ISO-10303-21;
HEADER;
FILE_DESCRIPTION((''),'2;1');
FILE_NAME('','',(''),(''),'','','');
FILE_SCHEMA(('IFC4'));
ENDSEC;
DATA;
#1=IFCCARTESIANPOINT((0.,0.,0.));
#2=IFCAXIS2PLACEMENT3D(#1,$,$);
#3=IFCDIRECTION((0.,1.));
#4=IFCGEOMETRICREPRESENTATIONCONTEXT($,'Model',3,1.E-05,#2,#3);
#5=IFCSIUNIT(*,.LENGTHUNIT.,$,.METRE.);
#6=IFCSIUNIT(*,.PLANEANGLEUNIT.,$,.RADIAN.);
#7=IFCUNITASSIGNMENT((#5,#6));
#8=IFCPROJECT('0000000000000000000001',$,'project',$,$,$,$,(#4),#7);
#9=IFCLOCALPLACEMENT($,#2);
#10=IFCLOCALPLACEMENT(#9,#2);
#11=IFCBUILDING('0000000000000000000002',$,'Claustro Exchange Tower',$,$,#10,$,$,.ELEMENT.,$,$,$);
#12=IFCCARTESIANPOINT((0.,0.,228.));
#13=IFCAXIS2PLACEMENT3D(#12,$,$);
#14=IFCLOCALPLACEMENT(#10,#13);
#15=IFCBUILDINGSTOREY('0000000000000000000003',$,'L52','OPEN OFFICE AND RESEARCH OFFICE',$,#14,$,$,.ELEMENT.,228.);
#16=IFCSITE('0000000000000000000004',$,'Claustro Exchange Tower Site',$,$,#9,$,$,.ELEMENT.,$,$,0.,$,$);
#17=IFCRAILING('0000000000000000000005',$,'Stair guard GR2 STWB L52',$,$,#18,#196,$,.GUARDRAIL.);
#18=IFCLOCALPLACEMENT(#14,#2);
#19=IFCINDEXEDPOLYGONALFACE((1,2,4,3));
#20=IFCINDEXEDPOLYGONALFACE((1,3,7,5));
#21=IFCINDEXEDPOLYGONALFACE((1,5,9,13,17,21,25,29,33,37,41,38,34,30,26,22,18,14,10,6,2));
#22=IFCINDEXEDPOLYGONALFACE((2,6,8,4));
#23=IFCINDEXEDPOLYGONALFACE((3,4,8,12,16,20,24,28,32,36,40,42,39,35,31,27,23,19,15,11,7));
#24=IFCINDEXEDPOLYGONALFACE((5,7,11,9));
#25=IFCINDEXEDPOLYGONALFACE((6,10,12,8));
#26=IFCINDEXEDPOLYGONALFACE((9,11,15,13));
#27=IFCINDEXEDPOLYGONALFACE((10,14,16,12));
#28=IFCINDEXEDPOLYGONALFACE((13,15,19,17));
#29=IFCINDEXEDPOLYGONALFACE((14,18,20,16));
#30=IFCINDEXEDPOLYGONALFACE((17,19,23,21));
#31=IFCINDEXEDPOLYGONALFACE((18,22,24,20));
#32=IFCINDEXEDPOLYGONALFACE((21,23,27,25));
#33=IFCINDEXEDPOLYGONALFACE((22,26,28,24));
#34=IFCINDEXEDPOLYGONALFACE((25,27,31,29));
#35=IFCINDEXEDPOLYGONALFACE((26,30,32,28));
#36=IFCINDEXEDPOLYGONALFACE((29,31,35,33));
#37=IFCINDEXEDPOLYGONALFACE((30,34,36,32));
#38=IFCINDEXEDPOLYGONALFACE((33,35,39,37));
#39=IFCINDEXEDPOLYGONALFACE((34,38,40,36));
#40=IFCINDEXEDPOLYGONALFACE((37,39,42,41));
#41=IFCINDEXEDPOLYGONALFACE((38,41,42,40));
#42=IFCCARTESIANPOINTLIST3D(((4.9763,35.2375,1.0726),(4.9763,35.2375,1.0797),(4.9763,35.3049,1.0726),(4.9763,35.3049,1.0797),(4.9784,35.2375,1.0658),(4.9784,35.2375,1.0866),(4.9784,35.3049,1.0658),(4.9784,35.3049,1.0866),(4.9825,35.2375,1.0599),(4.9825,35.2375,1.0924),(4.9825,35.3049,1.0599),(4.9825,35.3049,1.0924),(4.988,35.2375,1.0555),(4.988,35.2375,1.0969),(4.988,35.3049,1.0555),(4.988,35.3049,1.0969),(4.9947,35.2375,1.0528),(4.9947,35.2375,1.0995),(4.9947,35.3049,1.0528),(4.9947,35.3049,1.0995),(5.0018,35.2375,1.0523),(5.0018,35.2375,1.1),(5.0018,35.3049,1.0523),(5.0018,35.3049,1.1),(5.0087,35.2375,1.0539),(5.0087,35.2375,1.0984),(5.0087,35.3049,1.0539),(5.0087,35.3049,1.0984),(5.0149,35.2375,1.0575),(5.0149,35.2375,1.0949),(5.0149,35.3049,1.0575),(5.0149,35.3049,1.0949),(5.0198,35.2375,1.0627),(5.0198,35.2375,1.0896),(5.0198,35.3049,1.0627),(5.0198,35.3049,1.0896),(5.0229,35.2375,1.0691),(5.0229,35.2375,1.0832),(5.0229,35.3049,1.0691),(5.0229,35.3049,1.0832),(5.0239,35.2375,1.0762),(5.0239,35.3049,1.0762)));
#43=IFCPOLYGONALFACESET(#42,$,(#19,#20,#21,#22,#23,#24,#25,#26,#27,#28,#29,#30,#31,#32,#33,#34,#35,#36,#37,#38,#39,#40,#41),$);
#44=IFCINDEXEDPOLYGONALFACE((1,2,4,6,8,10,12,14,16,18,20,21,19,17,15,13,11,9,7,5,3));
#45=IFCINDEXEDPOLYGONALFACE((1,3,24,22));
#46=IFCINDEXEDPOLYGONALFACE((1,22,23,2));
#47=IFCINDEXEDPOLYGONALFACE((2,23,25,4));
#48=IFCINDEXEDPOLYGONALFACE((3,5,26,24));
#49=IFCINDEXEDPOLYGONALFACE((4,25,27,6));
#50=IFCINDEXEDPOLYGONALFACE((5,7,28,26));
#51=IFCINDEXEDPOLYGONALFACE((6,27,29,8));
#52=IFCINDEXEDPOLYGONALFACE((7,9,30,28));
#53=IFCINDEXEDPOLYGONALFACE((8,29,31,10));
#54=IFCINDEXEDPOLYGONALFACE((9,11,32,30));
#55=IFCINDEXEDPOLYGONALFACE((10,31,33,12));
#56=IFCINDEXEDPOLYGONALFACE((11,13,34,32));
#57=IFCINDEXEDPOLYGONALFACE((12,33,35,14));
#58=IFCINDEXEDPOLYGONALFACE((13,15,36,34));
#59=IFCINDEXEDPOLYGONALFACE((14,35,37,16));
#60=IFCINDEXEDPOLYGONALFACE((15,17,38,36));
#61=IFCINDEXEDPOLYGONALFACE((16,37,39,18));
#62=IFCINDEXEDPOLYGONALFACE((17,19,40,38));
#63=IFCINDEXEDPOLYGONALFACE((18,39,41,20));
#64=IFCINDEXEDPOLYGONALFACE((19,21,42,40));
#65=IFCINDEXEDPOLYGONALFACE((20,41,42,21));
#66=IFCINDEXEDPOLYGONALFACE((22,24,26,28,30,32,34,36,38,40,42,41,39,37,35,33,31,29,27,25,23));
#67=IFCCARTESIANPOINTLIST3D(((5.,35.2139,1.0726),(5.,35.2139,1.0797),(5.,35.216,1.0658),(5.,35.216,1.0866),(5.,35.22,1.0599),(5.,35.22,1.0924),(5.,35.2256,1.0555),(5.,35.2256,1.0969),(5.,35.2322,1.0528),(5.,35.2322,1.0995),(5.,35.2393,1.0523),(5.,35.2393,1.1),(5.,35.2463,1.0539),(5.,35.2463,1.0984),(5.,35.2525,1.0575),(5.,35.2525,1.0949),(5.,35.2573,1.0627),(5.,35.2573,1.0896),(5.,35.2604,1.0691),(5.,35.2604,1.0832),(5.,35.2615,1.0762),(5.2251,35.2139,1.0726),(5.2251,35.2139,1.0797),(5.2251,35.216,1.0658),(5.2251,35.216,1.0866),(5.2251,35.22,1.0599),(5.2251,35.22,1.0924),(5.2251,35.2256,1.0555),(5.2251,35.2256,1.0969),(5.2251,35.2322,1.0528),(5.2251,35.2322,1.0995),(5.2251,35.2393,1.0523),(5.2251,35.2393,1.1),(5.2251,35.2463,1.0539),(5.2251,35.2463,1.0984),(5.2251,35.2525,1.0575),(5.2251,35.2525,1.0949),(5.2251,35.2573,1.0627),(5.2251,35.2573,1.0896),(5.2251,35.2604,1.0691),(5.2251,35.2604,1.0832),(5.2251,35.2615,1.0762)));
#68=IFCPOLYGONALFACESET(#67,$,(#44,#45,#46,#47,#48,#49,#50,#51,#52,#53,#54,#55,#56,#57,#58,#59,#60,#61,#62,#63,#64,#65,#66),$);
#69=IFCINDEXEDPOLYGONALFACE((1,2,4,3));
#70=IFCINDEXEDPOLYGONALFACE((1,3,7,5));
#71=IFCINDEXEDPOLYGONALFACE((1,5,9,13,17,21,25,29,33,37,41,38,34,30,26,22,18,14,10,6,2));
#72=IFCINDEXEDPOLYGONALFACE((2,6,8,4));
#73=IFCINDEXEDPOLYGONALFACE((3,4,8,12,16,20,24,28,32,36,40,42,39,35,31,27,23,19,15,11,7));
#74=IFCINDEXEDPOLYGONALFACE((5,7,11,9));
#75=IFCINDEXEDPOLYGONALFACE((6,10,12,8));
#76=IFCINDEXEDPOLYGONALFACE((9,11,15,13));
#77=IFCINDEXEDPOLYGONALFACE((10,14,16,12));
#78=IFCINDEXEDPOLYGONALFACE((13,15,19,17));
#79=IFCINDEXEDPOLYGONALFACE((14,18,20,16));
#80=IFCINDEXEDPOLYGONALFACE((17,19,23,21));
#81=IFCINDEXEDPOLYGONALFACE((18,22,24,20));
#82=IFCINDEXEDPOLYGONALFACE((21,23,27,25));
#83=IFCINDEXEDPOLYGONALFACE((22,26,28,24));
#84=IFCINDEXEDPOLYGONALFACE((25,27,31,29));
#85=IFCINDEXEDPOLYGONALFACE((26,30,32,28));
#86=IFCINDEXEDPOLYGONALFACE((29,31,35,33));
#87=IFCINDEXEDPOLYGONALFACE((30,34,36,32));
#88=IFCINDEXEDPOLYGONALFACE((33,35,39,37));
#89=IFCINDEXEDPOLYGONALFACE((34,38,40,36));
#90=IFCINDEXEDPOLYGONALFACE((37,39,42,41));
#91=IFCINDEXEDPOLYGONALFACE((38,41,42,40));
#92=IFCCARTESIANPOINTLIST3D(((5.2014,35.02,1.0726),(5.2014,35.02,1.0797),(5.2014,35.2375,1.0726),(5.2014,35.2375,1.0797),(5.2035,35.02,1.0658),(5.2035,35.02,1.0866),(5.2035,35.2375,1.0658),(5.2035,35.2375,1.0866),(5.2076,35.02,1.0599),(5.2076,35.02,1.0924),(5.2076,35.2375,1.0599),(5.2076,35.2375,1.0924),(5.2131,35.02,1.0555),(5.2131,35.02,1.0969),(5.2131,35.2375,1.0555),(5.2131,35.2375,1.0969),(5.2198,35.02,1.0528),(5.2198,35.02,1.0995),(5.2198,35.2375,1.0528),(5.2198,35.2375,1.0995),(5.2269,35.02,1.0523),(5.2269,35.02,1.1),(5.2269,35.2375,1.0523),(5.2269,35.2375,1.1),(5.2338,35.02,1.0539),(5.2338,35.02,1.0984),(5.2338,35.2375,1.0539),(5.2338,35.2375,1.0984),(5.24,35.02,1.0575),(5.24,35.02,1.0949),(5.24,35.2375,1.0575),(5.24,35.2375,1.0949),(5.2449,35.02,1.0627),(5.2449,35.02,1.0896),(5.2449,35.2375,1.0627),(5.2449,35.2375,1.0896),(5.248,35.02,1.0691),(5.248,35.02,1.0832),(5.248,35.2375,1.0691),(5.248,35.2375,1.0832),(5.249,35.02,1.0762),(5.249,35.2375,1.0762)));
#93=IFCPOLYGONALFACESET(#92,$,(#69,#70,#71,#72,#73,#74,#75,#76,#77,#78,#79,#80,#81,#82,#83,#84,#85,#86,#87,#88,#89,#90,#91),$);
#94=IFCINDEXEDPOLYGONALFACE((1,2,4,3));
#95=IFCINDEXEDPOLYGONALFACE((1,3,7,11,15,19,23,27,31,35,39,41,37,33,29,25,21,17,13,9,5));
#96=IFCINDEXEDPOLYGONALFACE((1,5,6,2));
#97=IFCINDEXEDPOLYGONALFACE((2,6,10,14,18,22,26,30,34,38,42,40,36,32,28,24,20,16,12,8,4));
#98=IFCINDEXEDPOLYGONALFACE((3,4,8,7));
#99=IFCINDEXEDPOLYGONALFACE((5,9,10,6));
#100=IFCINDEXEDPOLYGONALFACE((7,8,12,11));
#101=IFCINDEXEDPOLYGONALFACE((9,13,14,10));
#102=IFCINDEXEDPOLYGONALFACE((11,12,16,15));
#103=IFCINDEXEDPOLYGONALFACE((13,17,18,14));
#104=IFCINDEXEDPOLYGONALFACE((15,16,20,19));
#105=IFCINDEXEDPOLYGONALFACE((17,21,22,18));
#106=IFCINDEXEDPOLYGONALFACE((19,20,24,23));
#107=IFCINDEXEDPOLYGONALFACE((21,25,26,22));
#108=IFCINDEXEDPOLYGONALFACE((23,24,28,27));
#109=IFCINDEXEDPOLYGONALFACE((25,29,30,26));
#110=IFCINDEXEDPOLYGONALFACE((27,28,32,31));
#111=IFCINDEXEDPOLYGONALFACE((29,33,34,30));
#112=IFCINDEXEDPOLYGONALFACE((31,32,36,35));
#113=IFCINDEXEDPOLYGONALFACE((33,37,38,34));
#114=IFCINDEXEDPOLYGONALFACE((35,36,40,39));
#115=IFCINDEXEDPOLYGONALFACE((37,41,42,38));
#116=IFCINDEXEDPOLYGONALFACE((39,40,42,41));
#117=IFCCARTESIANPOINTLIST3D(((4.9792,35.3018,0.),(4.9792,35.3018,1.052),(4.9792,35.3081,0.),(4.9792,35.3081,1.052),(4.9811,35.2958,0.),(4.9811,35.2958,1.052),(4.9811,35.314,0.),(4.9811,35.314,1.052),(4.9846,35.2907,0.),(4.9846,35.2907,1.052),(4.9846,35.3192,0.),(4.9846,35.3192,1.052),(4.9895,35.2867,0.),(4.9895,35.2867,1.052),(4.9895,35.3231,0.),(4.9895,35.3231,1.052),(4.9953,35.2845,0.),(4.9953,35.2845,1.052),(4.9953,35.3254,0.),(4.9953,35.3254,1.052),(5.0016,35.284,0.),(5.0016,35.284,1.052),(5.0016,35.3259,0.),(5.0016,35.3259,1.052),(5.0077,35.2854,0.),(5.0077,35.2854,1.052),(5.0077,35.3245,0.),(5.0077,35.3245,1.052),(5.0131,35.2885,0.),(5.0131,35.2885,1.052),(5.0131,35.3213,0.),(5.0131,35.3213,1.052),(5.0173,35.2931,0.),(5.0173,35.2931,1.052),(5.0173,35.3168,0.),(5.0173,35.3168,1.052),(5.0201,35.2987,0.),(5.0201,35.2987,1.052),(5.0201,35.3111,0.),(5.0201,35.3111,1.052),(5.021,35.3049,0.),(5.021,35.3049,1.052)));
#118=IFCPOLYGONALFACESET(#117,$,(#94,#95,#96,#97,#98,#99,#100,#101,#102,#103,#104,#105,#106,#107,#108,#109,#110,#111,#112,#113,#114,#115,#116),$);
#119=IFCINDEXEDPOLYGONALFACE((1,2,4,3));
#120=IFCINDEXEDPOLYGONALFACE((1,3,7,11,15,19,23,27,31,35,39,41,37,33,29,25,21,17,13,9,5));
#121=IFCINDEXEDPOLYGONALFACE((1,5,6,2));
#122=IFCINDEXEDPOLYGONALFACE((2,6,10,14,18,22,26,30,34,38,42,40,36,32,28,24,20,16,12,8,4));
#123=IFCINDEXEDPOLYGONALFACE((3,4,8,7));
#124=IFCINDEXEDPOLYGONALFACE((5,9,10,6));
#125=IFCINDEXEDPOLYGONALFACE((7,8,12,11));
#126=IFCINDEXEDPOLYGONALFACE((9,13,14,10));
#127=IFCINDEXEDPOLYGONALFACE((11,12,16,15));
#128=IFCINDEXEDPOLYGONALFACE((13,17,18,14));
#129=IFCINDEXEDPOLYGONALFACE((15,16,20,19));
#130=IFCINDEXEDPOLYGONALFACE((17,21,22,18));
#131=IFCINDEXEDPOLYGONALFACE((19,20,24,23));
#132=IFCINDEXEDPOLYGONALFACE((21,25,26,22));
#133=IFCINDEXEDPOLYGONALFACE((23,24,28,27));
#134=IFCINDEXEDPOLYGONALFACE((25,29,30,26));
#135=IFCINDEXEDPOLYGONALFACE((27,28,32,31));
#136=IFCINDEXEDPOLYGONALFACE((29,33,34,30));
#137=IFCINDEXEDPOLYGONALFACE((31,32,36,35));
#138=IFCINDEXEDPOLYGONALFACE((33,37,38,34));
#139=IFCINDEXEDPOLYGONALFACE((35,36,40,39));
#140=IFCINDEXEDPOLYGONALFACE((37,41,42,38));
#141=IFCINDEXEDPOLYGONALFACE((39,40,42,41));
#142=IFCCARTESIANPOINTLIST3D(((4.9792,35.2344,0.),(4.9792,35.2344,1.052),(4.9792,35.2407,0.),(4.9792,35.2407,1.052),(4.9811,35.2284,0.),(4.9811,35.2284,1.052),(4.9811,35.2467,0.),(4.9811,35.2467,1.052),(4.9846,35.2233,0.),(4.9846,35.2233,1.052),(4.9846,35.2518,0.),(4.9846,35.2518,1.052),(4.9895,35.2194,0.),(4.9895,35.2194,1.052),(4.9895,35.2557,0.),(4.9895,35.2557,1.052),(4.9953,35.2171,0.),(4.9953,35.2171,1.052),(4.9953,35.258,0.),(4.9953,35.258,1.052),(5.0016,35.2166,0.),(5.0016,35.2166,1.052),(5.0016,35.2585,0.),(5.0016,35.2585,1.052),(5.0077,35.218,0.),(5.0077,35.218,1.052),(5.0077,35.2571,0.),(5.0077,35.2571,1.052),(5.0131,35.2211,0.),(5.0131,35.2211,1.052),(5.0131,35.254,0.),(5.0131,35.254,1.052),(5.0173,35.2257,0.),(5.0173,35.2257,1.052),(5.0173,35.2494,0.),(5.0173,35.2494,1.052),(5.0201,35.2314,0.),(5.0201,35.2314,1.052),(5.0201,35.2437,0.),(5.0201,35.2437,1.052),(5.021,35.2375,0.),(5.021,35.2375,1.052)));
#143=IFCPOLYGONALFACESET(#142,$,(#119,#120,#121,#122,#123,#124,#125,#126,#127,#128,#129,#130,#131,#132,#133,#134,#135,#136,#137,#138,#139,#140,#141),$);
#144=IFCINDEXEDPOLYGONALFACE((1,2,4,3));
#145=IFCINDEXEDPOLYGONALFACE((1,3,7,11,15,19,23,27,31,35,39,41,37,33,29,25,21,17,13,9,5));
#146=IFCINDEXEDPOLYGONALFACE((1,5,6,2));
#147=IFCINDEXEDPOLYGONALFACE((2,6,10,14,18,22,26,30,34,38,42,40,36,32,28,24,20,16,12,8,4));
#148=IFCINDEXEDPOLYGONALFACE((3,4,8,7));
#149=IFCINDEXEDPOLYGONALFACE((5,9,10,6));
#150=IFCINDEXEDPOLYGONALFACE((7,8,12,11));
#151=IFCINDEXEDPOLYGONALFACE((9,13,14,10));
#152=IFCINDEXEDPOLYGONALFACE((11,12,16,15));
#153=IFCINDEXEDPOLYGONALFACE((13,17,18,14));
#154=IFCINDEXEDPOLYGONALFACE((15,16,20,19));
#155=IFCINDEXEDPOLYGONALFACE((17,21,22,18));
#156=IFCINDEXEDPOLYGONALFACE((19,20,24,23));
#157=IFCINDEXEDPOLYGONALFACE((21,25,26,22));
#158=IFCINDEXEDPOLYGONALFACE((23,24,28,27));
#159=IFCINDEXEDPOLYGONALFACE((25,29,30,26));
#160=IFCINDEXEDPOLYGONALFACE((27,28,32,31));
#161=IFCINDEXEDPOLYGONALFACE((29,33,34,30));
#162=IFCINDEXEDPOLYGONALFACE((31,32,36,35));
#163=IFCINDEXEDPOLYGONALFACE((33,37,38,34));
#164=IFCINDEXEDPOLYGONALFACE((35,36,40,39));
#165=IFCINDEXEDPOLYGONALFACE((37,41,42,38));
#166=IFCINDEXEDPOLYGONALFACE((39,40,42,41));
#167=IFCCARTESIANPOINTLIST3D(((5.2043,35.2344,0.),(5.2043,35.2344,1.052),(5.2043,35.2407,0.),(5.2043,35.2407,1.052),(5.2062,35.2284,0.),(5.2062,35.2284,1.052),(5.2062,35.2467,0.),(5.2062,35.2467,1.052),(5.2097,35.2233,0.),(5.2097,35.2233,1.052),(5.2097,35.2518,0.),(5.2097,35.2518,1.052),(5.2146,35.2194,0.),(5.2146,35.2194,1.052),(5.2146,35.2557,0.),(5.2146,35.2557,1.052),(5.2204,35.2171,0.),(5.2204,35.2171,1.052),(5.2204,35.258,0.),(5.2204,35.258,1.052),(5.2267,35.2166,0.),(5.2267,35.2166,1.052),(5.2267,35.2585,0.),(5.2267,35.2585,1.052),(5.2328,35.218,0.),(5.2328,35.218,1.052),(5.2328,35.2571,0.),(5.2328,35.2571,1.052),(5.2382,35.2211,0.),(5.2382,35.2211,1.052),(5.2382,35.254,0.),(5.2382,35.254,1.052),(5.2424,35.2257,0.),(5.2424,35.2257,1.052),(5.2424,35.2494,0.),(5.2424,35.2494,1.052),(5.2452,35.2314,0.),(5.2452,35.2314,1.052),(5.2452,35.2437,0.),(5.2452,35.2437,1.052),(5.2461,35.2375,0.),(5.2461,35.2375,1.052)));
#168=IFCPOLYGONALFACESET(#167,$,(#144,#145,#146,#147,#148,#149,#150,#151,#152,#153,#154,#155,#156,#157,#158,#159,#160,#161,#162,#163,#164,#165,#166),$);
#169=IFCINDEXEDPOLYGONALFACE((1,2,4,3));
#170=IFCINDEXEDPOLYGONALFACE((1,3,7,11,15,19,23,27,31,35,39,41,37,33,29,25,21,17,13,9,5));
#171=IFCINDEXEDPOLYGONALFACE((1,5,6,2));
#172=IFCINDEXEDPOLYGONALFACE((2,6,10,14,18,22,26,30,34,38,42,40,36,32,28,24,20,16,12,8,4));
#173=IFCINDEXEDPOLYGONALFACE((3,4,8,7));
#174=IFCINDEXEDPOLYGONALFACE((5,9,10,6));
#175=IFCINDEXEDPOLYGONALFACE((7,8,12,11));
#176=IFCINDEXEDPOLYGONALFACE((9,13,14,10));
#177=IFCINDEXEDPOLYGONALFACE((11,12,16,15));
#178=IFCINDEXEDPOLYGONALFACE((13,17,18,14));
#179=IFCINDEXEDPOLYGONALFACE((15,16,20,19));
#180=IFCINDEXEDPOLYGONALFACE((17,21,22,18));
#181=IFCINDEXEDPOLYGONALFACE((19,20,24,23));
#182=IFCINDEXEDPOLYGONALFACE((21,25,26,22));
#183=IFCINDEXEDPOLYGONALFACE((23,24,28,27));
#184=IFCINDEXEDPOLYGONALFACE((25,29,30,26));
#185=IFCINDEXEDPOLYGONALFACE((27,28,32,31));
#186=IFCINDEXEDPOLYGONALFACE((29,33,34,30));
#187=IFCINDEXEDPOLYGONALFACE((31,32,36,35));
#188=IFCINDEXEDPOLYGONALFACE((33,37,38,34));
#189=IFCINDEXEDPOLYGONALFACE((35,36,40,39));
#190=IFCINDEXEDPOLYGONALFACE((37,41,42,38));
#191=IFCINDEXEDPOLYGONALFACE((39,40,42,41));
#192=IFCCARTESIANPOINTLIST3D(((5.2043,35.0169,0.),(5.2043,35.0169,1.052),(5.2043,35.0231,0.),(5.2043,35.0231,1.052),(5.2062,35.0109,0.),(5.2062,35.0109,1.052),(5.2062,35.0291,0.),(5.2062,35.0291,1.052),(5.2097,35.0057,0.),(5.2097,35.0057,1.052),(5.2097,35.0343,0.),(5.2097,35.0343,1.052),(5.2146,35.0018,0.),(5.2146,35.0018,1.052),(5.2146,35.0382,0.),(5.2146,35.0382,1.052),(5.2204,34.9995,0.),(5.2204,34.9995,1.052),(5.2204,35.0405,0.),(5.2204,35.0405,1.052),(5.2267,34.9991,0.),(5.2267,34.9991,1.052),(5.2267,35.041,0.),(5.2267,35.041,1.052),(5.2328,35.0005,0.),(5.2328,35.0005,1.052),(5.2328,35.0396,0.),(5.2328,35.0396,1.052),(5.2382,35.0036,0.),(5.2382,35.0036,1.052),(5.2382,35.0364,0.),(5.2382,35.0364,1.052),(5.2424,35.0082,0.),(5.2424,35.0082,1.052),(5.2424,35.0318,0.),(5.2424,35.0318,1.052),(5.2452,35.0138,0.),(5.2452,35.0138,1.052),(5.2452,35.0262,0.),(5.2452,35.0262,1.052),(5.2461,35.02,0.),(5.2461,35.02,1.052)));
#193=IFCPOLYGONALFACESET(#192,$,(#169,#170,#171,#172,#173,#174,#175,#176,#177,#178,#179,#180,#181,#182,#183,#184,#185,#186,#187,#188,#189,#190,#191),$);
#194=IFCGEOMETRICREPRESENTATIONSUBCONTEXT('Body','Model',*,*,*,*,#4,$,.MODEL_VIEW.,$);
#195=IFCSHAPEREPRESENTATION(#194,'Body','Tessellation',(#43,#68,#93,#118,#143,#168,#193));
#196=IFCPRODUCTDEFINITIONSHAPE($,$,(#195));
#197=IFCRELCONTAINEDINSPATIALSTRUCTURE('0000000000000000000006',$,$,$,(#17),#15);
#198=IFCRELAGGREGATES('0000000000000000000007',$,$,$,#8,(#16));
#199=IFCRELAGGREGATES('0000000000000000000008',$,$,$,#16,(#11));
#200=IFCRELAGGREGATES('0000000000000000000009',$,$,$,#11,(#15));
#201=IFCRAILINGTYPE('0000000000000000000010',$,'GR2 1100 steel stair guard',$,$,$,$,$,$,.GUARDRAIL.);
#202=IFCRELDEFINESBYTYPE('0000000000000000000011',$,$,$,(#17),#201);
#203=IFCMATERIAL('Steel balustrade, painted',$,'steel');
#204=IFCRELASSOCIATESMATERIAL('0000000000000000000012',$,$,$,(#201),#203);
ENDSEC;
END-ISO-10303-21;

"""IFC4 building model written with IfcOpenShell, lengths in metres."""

from ifc_helpers import new_model, si_unit, direction, frame, origin, origin_2d, place, context, subcontext, project, spatial, circle, extrude, material, type_object, element, save


model = new_model("IFC4")

# Units and contexts
model_context = context("Model", 3, precision=1e-05, world=origin(), true_north=direction((0.0, 1.0)))
body_context = subcontext(model_context, "Body", "Model", "MODEL_VIEW")
ifc_project = project(units=[si_unit("LENGTHUNIT", "METRE"), si_unit("PLANEANGLEUNIT", "RADIAN")], contexts=[model_context])

# Site, building, storey
site_placement = place(None, origin())
site = spatial("IfcSite", under=ifc_project, at=site_placement, Name="Claustro Exchange Tower Site", CompositionType="ELEMENT", RefElevation=0.0)
building_placement = place(site_placement, origin())
building = spatial("IfcBuilding", under=site, at=building_placement, Name="Claustro Exchange Tower", CompositionType="ELEMENT")
storey_placement = place(building_placement, frame((0.0, 0.0, 228.0)))
storey = spatial("IfcBuildingStorey", under=building, at=storey_placement, Name="L52", Description="OPEN OFFICE AND RESEARCH OFFICE", CompositionType="ELEMENT", Elevation=228.0)

# Railing
ifc_material_1 = material(Name="Steel balustrade, painted", Category="steel")
railing_type_1 = type_object("IfcRailingType", Name="GR2 1100 steel stair guard", PredefinedType="GUARDRAIL", material=ifc_material_1)
railing_1_placement = place(storey_placement, frame((5.0, 35.3049, 0.0)))
element("IfcRailing", 1, at=railing_1_placement, inside=storey, type_object=railing_type_1, Name="Stair guard GR2 STWB L52", PredefinedType="GUARDRAIL", context=body_context, shape_type="SweptSolid", body=[
    extrude(circle(Radius=0.0239, at=origin_2d()), frame((0.0, 0.0, 1.0762), z_axis=(0.0, -1.0, 0.0), x_axis=(1.0, 0.0, 0.0)), (0.0, 0.0, 1.0), 0.0674),
    extrude(circle(Radius=0.0239, at=origin_2d()), frame((0.0, -0.0674, 1.0762), z_axis=(1.0, 0.0, 0.0), x_axis=(0.0, 1.0, 0.0)), (0.0, 0.0, 1.0), 0.2251),
    extrude(circle(Radius=0.0239, at=origin_2d()), frame((0.2251, -0.0674, 1.0762), z_axis=(0.0, -1.0, 0.0), x_axis=(1.0, 0.0, 0.0)), (0.0, 0.0, 1.0), 0.2175),
    extrude(circle(Radius=0.021, at=origin_2d()), origin(), (0.0, 0.0, 1.0), 1.052),
    extrude(circle(Radius=0.021, at=origin_2d()), frame((0.0, -0.0674, 0.0)), (0.0, 0.0, 1.0), 1.052),
    extrude(circle(Radius=0.021, at=origin_2d()), frame((0.2251, -0.0674, 0.0)), (0.0, 0.0, 1.0), 1.052),
    extrude(circle(Radius=0.021, at=origin_2d()), frame((0.2251, -0.2849, 0.0)), (0.0, 0.0, 1.0), 1.052),
])

save(model, "model.ifc")
